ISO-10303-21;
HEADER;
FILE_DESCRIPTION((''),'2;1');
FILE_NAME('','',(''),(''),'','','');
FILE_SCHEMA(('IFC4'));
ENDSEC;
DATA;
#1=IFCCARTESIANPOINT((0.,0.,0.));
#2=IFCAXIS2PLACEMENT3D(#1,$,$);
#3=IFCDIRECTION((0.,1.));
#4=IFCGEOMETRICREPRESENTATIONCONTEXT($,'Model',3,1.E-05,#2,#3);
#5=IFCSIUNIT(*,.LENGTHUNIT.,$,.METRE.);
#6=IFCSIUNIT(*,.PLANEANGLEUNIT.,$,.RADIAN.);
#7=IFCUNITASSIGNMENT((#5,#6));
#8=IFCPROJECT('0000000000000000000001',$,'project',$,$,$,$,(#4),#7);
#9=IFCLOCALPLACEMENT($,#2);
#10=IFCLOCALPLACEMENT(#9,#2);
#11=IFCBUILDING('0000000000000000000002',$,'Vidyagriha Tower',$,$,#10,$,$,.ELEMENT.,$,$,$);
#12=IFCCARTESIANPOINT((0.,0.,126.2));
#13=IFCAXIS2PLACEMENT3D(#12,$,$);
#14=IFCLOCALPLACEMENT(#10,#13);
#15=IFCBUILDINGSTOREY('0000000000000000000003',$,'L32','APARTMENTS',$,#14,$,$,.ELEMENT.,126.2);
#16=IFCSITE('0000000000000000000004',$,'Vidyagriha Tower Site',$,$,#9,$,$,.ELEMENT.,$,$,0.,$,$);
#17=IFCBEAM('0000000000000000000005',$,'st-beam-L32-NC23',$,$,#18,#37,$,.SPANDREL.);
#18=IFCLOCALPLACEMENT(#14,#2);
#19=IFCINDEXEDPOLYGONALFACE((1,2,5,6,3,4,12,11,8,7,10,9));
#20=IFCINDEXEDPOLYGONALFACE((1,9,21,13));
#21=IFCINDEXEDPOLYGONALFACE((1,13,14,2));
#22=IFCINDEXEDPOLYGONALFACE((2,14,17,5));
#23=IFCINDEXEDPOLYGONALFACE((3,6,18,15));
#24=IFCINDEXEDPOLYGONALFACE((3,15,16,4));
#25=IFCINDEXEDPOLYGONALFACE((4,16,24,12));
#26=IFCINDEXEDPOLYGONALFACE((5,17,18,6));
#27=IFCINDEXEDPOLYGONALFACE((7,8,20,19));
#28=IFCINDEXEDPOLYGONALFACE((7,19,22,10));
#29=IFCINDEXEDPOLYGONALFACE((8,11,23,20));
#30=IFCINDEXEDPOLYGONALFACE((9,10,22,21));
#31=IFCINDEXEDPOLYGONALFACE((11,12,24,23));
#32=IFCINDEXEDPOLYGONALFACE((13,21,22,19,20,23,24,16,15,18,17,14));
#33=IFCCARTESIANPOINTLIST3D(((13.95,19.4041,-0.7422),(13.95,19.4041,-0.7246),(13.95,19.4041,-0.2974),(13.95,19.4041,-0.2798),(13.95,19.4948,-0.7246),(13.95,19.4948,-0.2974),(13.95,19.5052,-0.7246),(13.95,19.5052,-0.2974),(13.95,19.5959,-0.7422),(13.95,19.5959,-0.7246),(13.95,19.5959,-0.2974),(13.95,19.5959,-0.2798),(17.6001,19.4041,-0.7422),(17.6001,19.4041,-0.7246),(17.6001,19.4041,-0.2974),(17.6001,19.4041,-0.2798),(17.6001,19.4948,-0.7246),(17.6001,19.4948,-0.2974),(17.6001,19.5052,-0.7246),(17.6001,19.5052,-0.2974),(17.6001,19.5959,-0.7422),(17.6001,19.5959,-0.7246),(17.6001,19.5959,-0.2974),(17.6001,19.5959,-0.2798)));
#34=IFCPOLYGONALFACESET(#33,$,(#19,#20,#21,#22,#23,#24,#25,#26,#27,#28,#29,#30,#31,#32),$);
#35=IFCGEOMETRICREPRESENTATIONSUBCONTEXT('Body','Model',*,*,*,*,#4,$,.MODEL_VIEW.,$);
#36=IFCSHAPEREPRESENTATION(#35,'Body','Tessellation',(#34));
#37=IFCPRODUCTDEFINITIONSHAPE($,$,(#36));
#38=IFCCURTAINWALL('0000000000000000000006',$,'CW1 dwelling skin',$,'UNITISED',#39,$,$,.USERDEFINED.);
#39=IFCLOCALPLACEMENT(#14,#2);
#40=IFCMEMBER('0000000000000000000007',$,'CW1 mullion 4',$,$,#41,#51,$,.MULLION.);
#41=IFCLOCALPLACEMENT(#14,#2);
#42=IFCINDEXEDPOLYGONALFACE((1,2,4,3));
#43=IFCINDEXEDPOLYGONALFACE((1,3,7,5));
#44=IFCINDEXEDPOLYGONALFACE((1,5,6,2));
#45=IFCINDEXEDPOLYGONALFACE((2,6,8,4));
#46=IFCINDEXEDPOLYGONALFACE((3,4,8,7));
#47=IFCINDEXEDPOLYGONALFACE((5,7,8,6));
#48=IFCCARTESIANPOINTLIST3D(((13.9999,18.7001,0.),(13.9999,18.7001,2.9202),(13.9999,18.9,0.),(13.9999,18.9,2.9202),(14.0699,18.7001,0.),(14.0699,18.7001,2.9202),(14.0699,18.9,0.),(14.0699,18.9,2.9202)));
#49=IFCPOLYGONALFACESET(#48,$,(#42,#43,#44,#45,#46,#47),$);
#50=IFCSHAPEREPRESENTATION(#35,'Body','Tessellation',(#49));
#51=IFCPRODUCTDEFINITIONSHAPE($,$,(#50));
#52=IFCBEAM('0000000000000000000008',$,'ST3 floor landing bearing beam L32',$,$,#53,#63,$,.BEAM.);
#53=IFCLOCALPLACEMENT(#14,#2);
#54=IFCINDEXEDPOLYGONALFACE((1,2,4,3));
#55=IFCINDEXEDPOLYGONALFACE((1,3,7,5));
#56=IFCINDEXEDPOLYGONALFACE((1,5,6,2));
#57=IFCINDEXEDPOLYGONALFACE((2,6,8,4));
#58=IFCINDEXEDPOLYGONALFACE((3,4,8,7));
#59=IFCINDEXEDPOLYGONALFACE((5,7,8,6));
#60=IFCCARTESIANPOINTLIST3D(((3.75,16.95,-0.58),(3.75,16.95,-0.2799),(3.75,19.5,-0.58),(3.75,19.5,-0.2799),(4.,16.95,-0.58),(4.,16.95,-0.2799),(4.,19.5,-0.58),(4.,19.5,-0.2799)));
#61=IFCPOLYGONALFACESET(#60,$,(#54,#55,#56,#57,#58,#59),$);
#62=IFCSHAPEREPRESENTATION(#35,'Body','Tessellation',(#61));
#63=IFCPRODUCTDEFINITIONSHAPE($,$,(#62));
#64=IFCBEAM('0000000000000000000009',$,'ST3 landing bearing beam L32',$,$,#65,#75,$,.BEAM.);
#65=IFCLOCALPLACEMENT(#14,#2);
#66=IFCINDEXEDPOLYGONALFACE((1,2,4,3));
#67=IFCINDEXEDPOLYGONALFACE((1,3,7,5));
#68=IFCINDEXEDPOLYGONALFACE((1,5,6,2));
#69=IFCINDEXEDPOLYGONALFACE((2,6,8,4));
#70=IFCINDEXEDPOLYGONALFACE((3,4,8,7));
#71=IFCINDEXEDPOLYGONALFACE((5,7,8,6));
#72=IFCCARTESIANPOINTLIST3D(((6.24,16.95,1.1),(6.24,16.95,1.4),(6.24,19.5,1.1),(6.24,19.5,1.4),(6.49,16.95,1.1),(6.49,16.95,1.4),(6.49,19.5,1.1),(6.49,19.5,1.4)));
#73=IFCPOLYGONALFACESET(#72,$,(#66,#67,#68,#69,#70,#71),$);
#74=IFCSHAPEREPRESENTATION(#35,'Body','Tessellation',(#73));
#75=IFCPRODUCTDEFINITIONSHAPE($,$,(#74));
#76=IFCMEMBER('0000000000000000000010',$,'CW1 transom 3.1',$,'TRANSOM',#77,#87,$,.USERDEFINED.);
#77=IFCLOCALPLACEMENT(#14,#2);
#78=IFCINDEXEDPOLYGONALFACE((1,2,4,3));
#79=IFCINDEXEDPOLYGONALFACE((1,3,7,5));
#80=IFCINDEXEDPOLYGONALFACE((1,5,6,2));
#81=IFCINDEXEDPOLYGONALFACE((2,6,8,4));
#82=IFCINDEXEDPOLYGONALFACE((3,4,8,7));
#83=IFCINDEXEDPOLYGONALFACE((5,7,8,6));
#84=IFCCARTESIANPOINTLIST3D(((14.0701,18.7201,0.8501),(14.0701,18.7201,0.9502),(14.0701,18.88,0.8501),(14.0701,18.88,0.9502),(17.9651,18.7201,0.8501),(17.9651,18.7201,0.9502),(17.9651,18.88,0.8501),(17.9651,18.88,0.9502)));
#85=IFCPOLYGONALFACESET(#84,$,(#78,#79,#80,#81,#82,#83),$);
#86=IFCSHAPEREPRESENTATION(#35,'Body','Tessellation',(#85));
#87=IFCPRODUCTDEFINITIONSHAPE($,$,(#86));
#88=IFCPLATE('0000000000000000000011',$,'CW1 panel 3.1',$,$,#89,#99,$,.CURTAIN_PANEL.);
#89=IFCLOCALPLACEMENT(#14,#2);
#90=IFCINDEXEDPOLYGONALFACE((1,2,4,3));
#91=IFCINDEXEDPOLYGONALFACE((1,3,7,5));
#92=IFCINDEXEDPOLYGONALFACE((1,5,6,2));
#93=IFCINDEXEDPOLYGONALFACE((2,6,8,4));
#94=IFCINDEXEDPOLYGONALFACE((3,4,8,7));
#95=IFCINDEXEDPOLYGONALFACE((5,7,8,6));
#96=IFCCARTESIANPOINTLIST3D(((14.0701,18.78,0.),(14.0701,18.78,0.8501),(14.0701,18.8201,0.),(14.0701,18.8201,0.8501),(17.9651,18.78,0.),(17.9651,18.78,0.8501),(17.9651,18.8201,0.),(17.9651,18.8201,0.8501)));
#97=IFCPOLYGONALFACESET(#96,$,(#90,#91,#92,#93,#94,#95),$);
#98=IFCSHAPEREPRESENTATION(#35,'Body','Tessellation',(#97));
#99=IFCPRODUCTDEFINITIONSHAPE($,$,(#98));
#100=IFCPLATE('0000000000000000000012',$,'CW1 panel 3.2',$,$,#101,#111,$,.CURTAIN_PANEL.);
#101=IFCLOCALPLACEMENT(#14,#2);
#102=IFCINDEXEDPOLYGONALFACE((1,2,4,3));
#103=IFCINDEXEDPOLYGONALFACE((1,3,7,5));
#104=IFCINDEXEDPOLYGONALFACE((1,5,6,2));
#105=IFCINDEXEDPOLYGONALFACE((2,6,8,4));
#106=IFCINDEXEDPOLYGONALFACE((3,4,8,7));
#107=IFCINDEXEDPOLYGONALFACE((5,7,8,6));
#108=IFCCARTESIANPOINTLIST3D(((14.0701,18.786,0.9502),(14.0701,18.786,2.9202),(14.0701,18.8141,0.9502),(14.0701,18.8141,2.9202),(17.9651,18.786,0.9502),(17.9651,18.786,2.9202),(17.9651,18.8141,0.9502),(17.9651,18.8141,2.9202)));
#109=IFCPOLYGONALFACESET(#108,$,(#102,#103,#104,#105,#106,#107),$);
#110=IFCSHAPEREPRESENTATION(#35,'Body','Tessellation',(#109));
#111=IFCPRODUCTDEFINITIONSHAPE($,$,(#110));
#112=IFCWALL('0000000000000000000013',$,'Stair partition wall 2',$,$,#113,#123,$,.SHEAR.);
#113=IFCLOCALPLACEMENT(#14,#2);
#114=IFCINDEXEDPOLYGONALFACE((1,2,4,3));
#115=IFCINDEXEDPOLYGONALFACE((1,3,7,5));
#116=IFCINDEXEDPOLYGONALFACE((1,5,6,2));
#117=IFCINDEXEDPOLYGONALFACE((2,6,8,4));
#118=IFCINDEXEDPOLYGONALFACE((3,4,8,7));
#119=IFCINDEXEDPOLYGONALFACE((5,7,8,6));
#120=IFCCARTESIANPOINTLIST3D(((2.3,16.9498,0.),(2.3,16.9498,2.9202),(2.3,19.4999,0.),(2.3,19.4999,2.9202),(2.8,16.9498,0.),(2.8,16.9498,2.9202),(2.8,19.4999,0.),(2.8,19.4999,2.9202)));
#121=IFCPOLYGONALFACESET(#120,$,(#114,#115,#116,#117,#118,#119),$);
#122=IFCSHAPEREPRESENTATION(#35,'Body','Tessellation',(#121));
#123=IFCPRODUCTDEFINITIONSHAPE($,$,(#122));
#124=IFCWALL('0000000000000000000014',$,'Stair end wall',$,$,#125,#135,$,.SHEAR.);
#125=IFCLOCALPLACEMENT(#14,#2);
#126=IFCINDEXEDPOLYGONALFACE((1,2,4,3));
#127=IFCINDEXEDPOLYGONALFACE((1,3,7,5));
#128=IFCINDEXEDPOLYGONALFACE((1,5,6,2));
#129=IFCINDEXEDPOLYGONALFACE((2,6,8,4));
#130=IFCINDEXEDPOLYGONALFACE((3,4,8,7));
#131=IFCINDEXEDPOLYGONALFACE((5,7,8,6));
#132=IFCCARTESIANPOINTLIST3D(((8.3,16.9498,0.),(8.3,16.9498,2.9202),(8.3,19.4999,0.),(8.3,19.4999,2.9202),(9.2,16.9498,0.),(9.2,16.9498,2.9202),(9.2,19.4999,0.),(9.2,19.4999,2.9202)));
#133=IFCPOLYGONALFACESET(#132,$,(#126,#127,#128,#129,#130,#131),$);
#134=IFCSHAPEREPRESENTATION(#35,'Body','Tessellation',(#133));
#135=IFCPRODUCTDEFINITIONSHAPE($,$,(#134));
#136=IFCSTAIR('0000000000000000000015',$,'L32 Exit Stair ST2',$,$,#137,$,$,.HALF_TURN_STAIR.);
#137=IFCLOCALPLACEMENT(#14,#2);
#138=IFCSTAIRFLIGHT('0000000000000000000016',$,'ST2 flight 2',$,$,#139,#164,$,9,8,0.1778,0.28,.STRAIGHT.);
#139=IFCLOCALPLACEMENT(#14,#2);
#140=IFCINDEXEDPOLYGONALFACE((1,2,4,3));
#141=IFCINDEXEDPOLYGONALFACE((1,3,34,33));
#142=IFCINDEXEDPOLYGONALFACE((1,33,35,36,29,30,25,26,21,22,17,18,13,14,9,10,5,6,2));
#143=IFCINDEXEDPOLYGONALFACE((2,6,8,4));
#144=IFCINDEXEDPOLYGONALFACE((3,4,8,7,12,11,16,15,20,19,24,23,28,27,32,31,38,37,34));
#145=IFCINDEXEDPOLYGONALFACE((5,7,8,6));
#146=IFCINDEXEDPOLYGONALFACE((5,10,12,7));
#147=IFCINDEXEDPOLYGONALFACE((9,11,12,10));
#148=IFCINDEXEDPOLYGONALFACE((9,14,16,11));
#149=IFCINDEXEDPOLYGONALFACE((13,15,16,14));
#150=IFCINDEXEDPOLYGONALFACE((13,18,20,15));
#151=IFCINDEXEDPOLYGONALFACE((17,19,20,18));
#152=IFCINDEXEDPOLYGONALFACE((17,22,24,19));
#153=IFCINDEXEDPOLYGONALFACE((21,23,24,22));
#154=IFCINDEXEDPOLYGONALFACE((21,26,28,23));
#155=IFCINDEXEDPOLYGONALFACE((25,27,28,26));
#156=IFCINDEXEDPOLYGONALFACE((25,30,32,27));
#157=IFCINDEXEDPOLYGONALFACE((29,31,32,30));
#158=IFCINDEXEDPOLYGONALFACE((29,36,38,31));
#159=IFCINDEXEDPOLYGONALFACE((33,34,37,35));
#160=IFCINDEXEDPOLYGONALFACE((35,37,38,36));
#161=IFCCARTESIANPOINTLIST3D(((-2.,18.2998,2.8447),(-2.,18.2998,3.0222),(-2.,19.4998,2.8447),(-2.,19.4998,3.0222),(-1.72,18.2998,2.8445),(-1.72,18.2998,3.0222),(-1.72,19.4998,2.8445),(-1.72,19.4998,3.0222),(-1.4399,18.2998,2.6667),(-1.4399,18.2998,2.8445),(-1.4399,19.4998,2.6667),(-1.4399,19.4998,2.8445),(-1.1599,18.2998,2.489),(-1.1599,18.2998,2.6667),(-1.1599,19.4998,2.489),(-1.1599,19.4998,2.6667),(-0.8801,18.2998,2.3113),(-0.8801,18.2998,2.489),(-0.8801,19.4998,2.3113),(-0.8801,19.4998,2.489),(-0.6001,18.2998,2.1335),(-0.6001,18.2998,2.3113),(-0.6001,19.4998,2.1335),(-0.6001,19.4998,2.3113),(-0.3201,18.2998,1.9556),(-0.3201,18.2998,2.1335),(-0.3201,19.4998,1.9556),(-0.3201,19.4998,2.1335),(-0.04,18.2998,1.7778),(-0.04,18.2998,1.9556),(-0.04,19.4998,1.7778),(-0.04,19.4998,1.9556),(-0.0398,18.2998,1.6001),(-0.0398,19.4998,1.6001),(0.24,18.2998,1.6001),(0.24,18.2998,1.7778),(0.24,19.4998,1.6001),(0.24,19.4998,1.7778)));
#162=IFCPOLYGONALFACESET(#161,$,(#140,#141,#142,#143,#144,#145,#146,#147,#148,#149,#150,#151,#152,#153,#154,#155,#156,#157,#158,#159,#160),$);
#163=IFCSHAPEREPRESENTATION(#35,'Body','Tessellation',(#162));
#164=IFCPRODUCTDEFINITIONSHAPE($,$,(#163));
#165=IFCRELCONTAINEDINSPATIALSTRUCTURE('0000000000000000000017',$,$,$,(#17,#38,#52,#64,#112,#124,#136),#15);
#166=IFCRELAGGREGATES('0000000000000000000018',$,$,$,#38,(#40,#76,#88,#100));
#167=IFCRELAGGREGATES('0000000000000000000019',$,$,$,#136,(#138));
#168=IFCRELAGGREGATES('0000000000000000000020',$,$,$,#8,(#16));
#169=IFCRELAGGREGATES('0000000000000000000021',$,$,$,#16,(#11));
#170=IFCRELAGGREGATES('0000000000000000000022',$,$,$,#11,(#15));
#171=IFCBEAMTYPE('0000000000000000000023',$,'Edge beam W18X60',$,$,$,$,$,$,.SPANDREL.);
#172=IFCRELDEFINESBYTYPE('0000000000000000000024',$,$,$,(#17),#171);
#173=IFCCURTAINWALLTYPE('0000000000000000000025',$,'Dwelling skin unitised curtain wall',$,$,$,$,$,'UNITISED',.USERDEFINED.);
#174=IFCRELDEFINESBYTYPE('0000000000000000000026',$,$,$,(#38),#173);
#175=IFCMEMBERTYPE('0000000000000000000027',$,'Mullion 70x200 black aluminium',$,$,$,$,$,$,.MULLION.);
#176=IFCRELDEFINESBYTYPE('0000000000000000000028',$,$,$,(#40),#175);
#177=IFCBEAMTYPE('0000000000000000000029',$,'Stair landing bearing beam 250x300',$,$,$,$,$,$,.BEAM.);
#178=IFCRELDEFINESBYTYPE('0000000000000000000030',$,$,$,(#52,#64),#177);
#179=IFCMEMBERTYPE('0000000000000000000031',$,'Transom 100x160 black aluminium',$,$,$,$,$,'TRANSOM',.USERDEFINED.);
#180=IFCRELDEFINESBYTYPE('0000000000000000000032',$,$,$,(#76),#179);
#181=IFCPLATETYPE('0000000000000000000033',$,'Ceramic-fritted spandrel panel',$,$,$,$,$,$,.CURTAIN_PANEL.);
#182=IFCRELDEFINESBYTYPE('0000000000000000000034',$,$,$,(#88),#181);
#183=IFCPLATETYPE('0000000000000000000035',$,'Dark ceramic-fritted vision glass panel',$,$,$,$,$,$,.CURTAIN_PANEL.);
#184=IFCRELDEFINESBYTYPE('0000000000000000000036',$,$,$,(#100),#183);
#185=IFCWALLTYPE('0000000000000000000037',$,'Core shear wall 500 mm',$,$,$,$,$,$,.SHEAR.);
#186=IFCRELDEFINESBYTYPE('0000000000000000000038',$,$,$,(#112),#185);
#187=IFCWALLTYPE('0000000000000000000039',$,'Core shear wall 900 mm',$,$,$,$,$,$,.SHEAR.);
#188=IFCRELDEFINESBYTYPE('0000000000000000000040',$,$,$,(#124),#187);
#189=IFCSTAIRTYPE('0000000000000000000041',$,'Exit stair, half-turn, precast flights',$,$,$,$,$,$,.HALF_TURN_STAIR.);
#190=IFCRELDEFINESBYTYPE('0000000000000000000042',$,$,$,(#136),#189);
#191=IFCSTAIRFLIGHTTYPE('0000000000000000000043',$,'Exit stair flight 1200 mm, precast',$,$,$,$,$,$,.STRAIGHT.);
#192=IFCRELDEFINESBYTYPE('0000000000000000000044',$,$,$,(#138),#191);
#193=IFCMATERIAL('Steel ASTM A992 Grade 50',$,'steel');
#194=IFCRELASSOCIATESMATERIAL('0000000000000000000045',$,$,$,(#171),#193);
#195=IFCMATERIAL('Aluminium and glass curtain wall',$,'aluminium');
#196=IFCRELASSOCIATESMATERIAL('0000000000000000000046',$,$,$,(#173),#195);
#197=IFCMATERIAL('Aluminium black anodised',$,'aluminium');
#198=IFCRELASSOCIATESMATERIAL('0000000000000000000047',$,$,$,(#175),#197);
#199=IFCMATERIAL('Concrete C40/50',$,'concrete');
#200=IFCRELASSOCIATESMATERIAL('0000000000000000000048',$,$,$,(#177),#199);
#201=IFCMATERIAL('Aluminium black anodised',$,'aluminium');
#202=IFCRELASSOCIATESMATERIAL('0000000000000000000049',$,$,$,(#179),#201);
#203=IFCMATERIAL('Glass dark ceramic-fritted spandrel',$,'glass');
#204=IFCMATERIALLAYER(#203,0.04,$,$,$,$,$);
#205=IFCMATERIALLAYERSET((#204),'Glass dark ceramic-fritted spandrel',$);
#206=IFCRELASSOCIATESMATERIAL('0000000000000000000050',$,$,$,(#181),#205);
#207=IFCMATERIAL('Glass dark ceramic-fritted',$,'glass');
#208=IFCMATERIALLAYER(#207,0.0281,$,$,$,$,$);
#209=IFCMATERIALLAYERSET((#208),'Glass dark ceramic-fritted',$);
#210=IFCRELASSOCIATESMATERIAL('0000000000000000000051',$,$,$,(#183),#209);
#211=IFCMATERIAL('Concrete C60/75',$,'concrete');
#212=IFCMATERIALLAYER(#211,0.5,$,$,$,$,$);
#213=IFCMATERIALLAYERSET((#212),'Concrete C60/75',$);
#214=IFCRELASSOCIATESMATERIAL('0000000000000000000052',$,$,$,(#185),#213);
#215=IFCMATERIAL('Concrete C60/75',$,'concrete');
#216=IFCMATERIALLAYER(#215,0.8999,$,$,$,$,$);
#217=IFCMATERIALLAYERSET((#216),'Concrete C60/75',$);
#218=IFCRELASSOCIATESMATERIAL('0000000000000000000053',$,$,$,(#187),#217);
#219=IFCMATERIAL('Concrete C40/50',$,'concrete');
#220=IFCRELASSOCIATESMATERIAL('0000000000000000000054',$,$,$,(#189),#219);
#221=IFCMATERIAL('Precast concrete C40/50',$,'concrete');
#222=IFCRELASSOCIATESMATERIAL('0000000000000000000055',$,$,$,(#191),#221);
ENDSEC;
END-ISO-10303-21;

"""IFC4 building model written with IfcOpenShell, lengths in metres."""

from ifc_helpers import new_model, si_unit, direction, frame, frame_2d, origin, origin_2d, place, context, subcontext, project, spatial, polyline, rectangle, i_section, outline, extrude, material, layer, layer_set, material_profile, profile_set, type_object, element, aggregate, save


model = new_model("IFC4")

# Units and contexts
model_context = context("Model", 3, precision=1e-05, world=origin(), true_north=direction((0.0, 1.0)))
body_context = subcontext(model_context, "Body", "Model", "MODEL_VIEW")
ifc_project = project(units=[si_unit("LENGTHUNIT", "METRE"), si_unit("PLANEANGLEUNIT", "RADIAN")], contexts=[model_context])

# Site, building, storey
site_placement = place(None, origin())
site = spatial("IfcSite", under=ifc_project, at=site_placement, Name="Vidyagriha Tower Site", CompositionType="ELEMENT", RefElevation=0.0)
building_placement = place(site_placement, origin())
building = spatial("IfcBuilding", under=site, at=building_placement, Name="Vidyagriha Tower", CompositionType="ELEMENT")
storey_placement = place(building_placement, frame((0.0, 0.0, 126.2)))
storey = spatial("IfcBuildingStorey", under=building, at=storey_placement, Name="L32", Description="APARTMENTS", CompositionType="ELEMENT", Elevation=126.2)

# Beam
ifc_material_1 = material(Name="Steel ASTM A992 Grade 50", Category="steel")
ifc_material_profile_1 = material_profile(ifc_material_1, i_section(OverallWidth=0.1919, OverallDepth=0.4624, WebThickness=0.0105, FlangeThickness=0.0176, at=origin_2d()), Name="W18X60")
ifc_profile_set_1 = profile_set([ifc_material_profile_1], Name="Steel ASTM A992 Grade 50")
beam_type_1 = type_object("IfcBeamType", Name="Edge beam W18X60", PredefinedType="SPANDREL", material=ifc_profile_set_1)
beam_placement = place(storey_placement, frame((13.95, 19.5, -0.511), z_axis=(1.0, 0.0, 0.0), x_axis=(0.0, 1.0, 0.0)))
element("IfcBeam", 1, at=beam_placement, inside=storey, type_object=beam_type_1, Name="st-beam-L32-NC23", PredefinedType="SPANDREL", context=body_context, shape_type="SweptSolid", body=[
    extrude(i_section(OverallWidth=0.1919, OverallDepth=0.4624, WebThickness=0.0105, FlangeThickness=0.0176, at=origin_2d()), origin(), (0.0, 0.0, 1.0), 3.6501),
])

# Curtain wall, member
ifc_material_2 = material(Name="Aluminium and glass curtain wall", Category="aluminium")
curtain_wall_type = type_object("IfcCurtainWallType", Name="Dwelling skin unitised curtain wall", ElementType="UNITISED", PredefinedType="USERDEFINED", material=ifc_material_2)
curtain_wall_placement = place(storey_placement, origin())
curtain_wall = element("IfcCurtainWall", 2, at=curtain_wall_placement, inside=storey, type_object=curtain_wall_type, Name="CW1 dwelling skin", ObjectType="UNITISED", PredefinedType="USERDEFINED")
ifc_material_3 = material(Name="Aluminium black anodised", Category="aluminium")
ifc_material_profile_2 = material_profile(ifc_material_3, rectangle(XDim=0.2, YDim=0.0701, at=origin_2d()), Name="Mullion 70x200 black aluminium")
ifc_profile_set_2 = profile_set([ifc_material_profile_2], Name="Aluminium black anodised")
member_type_1 = type_object("IfcMemberType", Name="Mullion 70x200 black aluminium", PredefinedType="MULLION", material=ifc_profile_set_2)
member_1_placement = place(storey_placement, frame((14.0349, 18.8, 0.0), z_axis=(0.0, 0.0, 1.0), x_axis=(0.0, -1.0, 0.0)))
member_1 = element("IfcMember", 3, at=member_1_placement, type_object=member_type_1, Name="CW1 mullion 4", PredefinedType="MULLION", context=body_context, shape_type="SweptSolid", body=[
    extrude(rectangle(XDim=0.2, YDim=0.0701, at=origin_2d()), origin(), (0.0, 0.0, 1.0), 2.9202),
])

# Beams
ifc_material_4 = material(Name="Concrete C40/50", Category="concrete")
ifc_material_profile_3 = material_profile(ifc_material_4, rectangle(XDim=0.25, YDim=0.3, at=origin_2d()), Name="Stair landing bearing beam 250x300")
ifc_profile_set_3 = profile_set([ifc_material_profile_3], Name="Concrete C40/50")
beam_type_2 = type_object("IfcBeamType", Name="Stair landing bearing beam 250x300", PredefinedType="BEAM", material=ifc_profile_set_3)
for number, where, z_axis, x_axis, name in (
    (4, (3.875, 16.95, -0.4299), (0.0, 1.0, 0.0), (-1.0, 0.0, 0.0), "ST3 floor landing bearing beam L32"),
    (5, (6.365, 16.95, 1.25), (0.0, 1.0, 0.0), (-1.0, 0.0, 0.0), "ST3 landing bearing beam L32"),
):
    element("IfcBeam", number, at=place(storey_placement, frame(where, z_axis=z_axis, x_axis=x_axis)), inside=storey, type_object=beam_type_2, Name=name, PredefinedType="BEAM", context=body_context, shape_type="SweptSolid", body=[
        extrude(rectangle(XDim=0.25, YDim=0.3, at=origin_2d()), origin(), (0.0, 0.0, 1.0), 2.55),
    ])

# Member
ifc_material_5 = material(Name="Aluminium black anodised", Category="aluminium")
ifc_material_profile_4 = material_profile(ifc_material_5, rectangle(XDim=0.1599, YDim=0.1001, at=origin_2d()), Name="Transom 100x160 black aluminium")
ifc_profile_set_4 = profile_set([ifc_material_profile_4], Name="Aluminium black anodised")
member_type_2 = type_object("IfcMemberType", Name="Transom 100x160 black aluminium", ElementType="TRANSOM", PredefinedType="USERDEFINED", material=ifc_profile_set_4)
member_2_placement = place(storey_placement, frame((17.9651, 18.8, 0.9001), z_axis=(-1.0, 0.0, 0.0), x_axis=(0.0, -1.0, 0.0)))
member_2 = element("IfcMember", 6, at=member_2_placement, type_object=member_type_2, Name="CW1 transom 3.1", ObjectType="TRANSOM", PredefinedType="USERDEFINED", context=body_context, shape_type="SweptSolid", body=[
    extrude(rectangle(XDim=0.1599, YDim=0.1001, at=origin_2d()), origin(), (0.0, 0.0, 1.0), 3.895),
])

# Plates
ifc_material_6 = material(Name="Glass dark ceramic-fritted spandrel", Category="glass")
ifc_layer_1 = layer(ifc_material_6, 0.04)
ifc_layer_set_1 = layer_set([ifc_layer_1], Name="Glass dark ceramic-fritted spandrel")
plate_type_1 = type_object("IfcPlateType", Name="Ceramic-fritted spandrel panel", PredefinedType="CURTAIN_PANEL", material=ifc_layer_set_1)
plate_1_placement = place(storey_placement, frame((16.0176, 18.8, 0.0), z_axis=(0.0, 0.0, 1.0), x_axis=(-1.0, 0.0, 0.0)))
plate_1 = element("IfcPlate", 7, at=plate_1_placement, type_object=plate_type_1, Name="CW1 panel 3.1", PredefinedType="CURTAIN_PANEL", context=body_context, shape_type="SweptSolid", body=[
    extrude(rectangle(XDim=3.895, YDim=0.04, at=origin_2d()), origin(), (0.0, 0.0, 1.0), 0.8501),
])
ifc_material_7 = material(Name="Glass dark ceramic-fritted", Category="glass")
ifc_layer_2 = layer(ifc_material_7, 0.0281)
ifc_layer_set_2 = layer_set([ifc_layer_2], Name="Glass dark ceramic-fritted")
plate_type_2 = type_object("IfcPlateType", Name="Dark ceramic-fritted vision glass panel", PredefinedType="CURTAIN_PANEL", material=ifc_layer_set_2)
plate_2_placement = place(storey_placement, frame((16.0176, 18.8, 0.9502), z_axis=(0.0, 0.0, 1.0), x_axis=(-1.0, 0.0, 0.0)))
plate_2 = element("IfcPlate", 8, at=plate_2_placement, type_object=plate_type_2, Name="CW1 panel 3.2", PredefinedType="CURTAIN_PANEL", context=body_context, shape_type="SweptSolid", body=[
    extrude(rectangle(XDim=3.895, YDim=0.0281, at=origin_2d()), origin(), (0.0, 0.0, 1.0), 1.97),
])
aggregate(curtain_wall, [member_1, member_2, plate_1, plate_2])

# Walls
ifc_material_8 = material(Name="Concrete C60/75", Category="concrete")
ifc_layer_3 = layer(ifc_material_8, 0.5)
ifc_layer_set_3 = layer_set([ifc_layer_3], Name="Concrete C60/75")
wall_type_1 = type_object("IfcWallType", Name="Core shear wall 500 mm", PredefinedType="SHEAR", material=ifc_layer_set_3)
wall_1_placement = place(storey_placement, frame((2.55, 16.95, 0.0), z_axis=(0.0, 0.0, 1.0), x_axis=(0.0, 1.0, 0.0)))
element("IfcWall", 9, at=wall_1_placement, inside=storey, type_object=wall_type_1, Name="Stair partition wall 2", PredefinedType="SHEAR", context=body_context, shape_type="SweptSolid", body=[
    extrude(rectangle(XDim=2.55, YDim=0.5, at=frame_2d((1.2749, 0.0))), origin(), (0.0, 0.0, 1.0), 2.9202),
])
ifc_material_9 = material(Name="Concrete C60/75", Category="concrete")
ifc_layer_4 = layer(ifc_material_9, 0.8999)
ifc_layer_set_4 = layer_set([ifc_layer_4], Name="Concrete C60/75")
wall_type_2 = type_object("IfcWallType", Name="Core shear wall 900 mm", PredefinedType="SHEAR", material=ifc_layer_set_4)
wall_2_placement = place(storey_placement, frame((8.75, 16.95, 0.0), z_axis=(0.0, 0.0, 1.0), x_axis=(0.0, 1.0, 0.0)))
element("IfcWall", 10, at=wall_2_placement, inside=storey, type_object=wall_type_2, Name="Stair end wall", PredefinedType="SHEAR", context=body_context, shape_type="SweptSolid", body=[
    extrude(rectangle(XDim=2.55, YDim=0.8999, at=frame_2d((1.2749, 0.0))), origin(), (0.0, 0.0, 1.0), 2.9202),
])

# Stair, stair flight
ifc_material_10 = material(Name="Concrete C40/50", Category="concrete")
stair_type = type_object("IfcStairType", Name="Exit stair, half-turn, precast flights", PredefinedType="HALF_TURN_STAIR", material=ifc_material_10)
stair_1_placement = place(storey_placement, origin())
stair_1 = element("IfcStair", 11, at=stair_1_placement, inside=storey, type_object=stair_type, Name="L32 Exit Stair ST2", PredefinedType="HALF_TURN_STAIR")
ifc_material_11 = material(Name="Precast concrete C40/50", Category="concrete")
stair_flight_type = type_object("IfcStairFlightType", Name="Exit stair flight 1200 mm, precast", PredefinedType="STRAIGHT", material=ifc_material_11)
stair_flight_1_placement = place(storey_placement, frame((0.24, 18.8999, 1.6001), z_axis=(0.0, 0.0, 1.0), x_axis=(-1.0, 0.0, 0.0)))
stair_flight_1 = element("IfcStairFlight", 12, at=stair_flight_1_placement, type_object=stair_flight_type, Name="ST2 flight 2", NumberOfRisers=9, NumberOfTreads=8, PredefinedType="STRAIGHT", RiserHeight=0.1778, TreadLength=0.28, context=body_context, shape_type="SweptSolid", body=[
    extrude(outline(polyline([(0.0, 0.0), (0.0, 0.1777), (0.28, 0.1777), (0.28, 0.3555), (0.5601, 0.3555), (0.5601, 0.5334), (0.8401, 0.5334), (0.8401, 0.7112), (1.1201, 0.7112), (1.1201, 0.8889), (1.3999, 0.8889), (1.3999, 1.0667), (1.6799, 1.0667), (1.6799, 1.2444), (1.96, 1.2444), (1.96, 1.4221), (2.24, 1.4221), (2.24, 1.6001), (2.24, 1.2446), (0.2798, 0.0), (0.0, 0.0)])), frame((0.0, 0.6001, 0.0), z_axis=(0.0, -1.0, 0.0), x_axis=(1.0, 0.0, 0.0)), (0.0, 0.0, 1.0), 1.2),
])
aggregate(stair_1, [stair_flight_1])

save(model, "model.ifc")
